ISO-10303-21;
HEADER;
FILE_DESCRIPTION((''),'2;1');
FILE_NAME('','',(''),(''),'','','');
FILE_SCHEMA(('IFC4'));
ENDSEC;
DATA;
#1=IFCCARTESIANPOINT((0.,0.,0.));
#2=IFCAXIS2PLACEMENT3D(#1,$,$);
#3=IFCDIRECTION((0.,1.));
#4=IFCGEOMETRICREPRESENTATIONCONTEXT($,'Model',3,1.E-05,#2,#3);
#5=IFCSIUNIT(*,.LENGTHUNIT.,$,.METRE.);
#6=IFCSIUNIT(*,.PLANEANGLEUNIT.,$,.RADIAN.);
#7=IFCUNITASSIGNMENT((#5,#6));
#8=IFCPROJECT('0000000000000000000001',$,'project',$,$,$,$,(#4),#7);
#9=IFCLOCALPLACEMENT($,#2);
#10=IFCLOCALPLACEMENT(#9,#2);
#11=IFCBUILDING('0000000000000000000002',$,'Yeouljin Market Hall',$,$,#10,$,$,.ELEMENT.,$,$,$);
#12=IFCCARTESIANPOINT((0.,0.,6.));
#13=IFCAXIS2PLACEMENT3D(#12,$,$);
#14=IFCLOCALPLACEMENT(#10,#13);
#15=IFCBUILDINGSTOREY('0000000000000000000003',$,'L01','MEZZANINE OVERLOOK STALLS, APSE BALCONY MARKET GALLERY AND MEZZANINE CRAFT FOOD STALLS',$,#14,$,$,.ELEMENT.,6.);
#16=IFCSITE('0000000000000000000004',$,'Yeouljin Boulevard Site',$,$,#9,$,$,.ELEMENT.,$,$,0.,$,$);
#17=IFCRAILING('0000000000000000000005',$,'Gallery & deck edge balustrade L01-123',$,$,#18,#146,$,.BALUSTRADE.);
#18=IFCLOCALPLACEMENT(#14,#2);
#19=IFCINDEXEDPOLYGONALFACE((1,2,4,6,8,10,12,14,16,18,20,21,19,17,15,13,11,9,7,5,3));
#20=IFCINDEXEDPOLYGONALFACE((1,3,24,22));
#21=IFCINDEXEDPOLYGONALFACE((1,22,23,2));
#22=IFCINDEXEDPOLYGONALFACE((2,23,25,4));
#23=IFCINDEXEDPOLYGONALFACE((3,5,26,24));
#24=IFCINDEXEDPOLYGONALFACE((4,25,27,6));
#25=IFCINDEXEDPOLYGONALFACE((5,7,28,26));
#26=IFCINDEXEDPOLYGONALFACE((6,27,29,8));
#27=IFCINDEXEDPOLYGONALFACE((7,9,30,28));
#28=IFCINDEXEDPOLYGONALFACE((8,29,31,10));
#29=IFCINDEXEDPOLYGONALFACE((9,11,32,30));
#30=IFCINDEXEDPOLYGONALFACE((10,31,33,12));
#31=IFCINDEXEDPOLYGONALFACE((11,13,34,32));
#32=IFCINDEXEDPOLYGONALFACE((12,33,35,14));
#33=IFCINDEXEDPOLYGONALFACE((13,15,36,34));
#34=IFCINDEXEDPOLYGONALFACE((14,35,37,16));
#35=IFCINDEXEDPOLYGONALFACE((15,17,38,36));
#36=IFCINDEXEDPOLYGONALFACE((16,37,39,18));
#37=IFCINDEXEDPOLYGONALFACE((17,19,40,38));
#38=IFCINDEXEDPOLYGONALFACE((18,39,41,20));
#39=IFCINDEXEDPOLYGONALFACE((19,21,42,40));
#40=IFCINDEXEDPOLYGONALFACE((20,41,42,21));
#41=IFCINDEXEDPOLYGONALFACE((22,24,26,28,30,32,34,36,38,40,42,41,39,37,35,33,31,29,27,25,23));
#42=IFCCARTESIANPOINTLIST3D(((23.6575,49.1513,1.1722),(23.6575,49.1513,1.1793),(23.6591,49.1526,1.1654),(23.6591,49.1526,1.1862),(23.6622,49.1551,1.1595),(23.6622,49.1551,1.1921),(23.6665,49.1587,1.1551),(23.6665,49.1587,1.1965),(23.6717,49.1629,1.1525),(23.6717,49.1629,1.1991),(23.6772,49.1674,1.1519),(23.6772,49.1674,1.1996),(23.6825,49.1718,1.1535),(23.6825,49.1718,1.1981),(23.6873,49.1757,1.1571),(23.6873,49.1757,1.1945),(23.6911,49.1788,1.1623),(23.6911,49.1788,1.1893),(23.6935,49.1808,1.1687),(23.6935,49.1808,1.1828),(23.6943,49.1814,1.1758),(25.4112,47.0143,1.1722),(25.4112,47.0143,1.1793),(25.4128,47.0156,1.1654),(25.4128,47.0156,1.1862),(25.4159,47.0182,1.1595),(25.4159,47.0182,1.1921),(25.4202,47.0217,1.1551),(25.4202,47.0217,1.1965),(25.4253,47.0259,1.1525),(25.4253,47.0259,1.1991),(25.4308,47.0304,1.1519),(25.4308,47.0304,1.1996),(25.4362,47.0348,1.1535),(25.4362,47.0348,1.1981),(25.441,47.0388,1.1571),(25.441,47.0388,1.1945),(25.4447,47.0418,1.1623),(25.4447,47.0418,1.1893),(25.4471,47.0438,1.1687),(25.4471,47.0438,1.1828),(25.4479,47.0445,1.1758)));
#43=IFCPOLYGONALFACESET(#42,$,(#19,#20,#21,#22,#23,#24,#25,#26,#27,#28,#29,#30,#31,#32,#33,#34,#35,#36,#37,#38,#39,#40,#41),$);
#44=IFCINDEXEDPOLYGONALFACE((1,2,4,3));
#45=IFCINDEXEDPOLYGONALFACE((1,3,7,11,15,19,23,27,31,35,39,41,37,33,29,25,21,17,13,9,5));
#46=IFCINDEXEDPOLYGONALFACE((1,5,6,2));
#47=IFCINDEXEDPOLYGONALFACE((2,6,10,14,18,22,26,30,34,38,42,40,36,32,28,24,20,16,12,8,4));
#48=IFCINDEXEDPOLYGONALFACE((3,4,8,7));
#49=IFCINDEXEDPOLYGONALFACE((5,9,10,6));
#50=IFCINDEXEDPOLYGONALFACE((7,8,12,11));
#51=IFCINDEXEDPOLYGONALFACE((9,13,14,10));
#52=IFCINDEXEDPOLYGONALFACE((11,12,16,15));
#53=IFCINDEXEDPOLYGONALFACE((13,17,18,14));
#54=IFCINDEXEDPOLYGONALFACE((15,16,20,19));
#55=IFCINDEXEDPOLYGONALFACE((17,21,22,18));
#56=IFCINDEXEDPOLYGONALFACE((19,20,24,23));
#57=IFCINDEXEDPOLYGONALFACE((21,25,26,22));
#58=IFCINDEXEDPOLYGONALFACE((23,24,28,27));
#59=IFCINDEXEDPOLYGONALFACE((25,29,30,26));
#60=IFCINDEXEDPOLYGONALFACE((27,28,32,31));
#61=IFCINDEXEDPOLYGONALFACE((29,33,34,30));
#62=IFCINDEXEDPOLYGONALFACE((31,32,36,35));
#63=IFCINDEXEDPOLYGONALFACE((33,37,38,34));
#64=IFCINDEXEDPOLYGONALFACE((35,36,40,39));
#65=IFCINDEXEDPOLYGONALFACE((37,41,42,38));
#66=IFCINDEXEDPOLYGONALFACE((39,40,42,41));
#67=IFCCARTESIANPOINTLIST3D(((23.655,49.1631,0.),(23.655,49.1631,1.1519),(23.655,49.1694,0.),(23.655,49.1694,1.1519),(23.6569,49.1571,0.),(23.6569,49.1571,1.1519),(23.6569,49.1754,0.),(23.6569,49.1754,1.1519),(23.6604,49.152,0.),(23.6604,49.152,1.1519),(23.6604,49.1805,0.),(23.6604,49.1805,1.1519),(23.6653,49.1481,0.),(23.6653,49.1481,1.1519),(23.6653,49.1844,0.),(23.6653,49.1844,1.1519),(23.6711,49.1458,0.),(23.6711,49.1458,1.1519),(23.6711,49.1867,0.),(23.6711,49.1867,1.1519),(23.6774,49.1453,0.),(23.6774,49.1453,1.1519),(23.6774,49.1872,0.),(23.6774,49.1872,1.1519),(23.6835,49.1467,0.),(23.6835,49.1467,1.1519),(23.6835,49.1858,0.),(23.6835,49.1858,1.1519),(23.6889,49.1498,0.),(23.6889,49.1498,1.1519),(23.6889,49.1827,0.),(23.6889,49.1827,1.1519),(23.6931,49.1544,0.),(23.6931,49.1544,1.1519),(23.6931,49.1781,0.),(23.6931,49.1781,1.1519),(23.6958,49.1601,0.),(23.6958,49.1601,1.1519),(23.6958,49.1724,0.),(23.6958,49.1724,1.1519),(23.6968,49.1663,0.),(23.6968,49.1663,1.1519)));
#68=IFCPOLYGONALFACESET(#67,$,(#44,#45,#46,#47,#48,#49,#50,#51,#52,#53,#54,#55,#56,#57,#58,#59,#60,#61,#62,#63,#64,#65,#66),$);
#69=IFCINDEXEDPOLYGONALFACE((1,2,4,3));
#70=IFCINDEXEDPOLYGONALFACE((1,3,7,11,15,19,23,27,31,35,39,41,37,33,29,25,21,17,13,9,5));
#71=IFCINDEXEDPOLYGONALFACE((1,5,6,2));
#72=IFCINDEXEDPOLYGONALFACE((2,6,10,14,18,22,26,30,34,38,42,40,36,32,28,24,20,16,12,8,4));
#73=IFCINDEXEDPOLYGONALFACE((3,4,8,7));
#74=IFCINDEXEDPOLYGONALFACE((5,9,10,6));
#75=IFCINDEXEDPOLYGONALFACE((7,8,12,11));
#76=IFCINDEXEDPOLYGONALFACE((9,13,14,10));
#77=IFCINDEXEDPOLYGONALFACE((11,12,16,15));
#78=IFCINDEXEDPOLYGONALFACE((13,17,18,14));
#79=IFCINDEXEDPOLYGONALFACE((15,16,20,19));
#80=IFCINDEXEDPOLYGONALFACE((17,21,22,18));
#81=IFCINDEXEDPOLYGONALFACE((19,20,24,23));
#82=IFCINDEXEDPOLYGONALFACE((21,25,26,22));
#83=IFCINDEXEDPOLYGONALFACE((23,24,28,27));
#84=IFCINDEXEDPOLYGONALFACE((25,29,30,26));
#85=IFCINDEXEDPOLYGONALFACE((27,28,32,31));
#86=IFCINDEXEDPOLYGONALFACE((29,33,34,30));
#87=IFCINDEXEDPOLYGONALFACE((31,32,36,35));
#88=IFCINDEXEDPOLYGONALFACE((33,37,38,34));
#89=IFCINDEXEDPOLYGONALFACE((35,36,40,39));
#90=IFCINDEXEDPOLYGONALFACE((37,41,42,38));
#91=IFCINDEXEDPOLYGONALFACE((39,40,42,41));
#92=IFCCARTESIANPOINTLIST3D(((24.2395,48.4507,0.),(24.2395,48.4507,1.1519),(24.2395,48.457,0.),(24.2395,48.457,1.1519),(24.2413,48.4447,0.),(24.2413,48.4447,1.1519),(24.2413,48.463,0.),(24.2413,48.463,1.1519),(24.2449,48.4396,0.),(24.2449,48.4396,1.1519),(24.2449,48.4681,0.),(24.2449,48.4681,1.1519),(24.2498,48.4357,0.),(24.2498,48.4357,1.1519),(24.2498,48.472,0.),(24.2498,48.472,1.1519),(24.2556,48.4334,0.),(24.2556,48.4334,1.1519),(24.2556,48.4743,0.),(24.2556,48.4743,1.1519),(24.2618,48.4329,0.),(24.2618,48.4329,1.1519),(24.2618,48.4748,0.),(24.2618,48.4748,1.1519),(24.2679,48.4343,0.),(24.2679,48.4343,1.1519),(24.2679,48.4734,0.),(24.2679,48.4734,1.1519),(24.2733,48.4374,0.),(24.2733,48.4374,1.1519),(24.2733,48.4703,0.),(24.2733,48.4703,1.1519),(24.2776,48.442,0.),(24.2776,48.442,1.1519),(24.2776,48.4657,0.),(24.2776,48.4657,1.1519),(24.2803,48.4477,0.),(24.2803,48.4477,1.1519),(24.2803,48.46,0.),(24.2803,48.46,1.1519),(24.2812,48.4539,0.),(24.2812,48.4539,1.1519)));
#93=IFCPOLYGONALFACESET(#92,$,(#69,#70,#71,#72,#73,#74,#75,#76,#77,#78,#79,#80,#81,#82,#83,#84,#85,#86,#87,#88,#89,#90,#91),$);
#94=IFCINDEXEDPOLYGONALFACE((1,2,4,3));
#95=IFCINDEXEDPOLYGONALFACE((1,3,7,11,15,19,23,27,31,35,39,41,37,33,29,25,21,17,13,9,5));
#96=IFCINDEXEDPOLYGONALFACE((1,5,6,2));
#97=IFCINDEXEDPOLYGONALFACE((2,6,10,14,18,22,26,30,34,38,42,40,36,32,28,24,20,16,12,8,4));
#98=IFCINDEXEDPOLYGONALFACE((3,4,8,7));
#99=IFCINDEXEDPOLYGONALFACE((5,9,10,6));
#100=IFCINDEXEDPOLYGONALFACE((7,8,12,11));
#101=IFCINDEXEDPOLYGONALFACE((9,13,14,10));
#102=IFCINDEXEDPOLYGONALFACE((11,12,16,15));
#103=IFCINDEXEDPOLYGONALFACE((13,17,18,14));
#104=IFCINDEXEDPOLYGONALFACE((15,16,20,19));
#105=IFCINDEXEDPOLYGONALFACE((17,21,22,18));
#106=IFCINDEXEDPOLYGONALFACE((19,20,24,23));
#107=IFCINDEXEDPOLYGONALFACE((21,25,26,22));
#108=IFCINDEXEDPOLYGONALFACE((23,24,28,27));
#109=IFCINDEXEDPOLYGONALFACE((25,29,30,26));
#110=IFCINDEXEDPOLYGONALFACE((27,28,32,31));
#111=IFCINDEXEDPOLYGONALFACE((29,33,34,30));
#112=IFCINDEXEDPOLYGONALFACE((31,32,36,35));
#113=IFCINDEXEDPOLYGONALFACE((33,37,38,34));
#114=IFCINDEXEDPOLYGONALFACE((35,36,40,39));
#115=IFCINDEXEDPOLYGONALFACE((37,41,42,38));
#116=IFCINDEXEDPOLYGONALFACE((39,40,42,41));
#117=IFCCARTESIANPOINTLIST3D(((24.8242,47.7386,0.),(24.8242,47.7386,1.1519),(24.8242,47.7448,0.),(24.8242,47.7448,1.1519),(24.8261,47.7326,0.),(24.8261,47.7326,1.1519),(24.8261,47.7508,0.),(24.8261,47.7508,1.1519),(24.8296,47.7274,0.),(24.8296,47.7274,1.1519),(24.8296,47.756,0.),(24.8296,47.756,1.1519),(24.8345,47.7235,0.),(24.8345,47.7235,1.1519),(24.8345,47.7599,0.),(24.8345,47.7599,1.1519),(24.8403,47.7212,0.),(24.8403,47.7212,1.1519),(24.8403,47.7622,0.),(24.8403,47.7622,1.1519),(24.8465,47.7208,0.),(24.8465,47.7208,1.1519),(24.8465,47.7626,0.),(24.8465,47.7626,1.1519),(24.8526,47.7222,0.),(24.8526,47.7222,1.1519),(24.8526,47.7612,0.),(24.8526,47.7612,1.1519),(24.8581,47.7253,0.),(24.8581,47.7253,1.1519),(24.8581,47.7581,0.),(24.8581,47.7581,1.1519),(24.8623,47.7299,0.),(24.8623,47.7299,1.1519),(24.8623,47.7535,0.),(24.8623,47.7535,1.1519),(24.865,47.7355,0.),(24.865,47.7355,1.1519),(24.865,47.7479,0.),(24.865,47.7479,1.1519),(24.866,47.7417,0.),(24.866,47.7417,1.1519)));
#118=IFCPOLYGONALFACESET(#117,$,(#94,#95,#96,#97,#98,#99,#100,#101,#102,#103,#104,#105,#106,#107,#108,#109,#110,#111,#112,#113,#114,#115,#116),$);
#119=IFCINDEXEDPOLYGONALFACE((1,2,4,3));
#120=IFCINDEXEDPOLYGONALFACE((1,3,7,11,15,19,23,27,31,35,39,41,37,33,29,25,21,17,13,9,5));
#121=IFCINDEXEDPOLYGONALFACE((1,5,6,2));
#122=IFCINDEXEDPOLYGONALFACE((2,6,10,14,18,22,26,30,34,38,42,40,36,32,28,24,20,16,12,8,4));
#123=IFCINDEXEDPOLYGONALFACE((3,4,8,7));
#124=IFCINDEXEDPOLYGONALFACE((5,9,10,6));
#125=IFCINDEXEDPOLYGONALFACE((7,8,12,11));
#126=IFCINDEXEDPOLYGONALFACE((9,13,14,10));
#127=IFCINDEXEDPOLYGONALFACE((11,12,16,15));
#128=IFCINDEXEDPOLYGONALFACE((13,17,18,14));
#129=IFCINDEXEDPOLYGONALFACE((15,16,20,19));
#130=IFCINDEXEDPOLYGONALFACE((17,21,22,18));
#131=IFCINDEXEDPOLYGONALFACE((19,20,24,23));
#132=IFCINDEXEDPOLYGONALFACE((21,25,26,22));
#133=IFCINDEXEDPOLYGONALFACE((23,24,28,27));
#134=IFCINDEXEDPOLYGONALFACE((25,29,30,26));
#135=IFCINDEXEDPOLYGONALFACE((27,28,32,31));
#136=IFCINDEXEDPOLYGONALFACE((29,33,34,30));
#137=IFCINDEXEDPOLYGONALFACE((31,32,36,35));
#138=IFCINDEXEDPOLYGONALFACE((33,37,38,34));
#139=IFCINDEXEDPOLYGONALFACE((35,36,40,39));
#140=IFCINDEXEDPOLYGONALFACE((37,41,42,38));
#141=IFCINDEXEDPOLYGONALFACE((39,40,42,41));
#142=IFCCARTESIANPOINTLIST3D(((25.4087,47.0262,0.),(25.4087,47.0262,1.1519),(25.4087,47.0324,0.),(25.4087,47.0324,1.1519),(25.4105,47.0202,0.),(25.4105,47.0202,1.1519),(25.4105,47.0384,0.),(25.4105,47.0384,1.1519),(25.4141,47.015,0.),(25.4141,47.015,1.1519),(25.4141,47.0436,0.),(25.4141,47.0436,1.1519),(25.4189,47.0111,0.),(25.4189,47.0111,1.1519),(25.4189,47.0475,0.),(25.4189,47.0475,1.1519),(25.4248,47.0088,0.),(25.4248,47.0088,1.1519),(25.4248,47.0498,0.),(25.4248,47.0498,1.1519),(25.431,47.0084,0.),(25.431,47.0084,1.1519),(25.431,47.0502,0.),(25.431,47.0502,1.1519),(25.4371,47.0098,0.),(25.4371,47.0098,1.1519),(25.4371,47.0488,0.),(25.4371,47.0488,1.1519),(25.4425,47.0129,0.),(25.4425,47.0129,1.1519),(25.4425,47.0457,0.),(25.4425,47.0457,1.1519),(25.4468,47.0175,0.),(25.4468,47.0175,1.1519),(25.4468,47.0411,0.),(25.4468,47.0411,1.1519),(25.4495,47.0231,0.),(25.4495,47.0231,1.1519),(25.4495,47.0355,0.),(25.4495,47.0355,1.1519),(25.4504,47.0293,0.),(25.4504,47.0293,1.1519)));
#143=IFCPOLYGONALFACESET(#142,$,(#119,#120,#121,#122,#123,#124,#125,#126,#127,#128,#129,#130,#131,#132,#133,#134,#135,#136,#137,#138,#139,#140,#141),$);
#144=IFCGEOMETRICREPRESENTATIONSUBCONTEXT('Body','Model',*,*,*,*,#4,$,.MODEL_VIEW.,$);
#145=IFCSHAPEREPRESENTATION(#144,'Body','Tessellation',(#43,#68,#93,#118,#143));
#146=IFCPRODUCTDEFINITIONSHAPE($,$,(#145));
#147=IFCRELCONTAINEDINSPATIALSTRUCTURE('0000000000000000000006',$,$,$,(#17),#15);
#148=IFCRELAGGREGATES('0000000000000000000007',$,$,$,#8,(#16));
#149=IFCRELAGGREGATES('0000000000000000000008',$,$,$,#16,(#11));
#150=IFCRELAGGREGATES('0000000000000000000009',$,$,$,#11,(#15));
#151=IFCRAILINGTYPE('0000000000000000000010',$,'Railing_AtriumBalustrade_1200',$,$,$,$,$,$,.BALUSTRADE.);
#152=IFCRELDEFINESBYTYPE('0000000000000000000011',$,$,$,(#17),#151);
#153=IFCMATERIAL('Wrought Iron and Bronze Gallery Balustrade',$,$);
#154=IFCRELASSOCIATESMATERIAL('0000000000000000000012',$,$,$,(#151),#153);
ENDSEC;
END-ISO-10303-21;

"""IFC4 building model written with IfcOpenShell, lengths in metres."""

from ifc_helpers import new_model, si_unit, direction, frame, origin, origin_2d, place, context, subcontext, project, spatial, circle, extrude, material, type_object, element, save


model = new_model("IFC4")

# Units and contexts
model_context = context("Model", 3, precision=1e-05, world=origin(), true_north=direction((0.0, 1.0)))
body_context = subcontext(model_context, "Body", "Model", "MODEL_VIEW")
ifc_project = project(units=[si_unit("LENGTHUNIT", "METRE"), si_unit("PLANEANGLEUNIT", "RADIAN")], contexts=[model_context])

# Site, building, storey
site_placement = place(None, origin())
site = spatial("IfcSite", under=ifc_project, at=site_placement, Name="Yeouljin Boulevard Site", CompositionType="ELEMENT", RefElevation=0.0)
building_placement = place(site_placement, origin())
building = spatial("IfcBuilding", under=site, at=building_placement, Name="Yeouljin Market Hall", CompositionType="ELEMENT")
storey_placement = place(building_placement, frame((0.0, 0.0, 6.0)))
storey = spatial("IfcBuildingStorey", under=building, at=storey_placement, Name="L01", Description="MEZZANINE OVERLOOK STALLS, APSE BALCONY MARKET GALLERY AND MEZZANINE CRAFT FOOD STALLS", CompositionType="ELEMENT", Elevation=6.0)

# Railing
ifc_material_1 = material(Name="Wrought Iron and Bronze Gallery Balustrade")
railing_type = type_object("IfcRailingType", Name="Railing_AtriumBalustrade_1200", PredefinedType="BALUSTRADE", material=ifc_material_1)
railing_1_placement = place(storey_placement, frame((23.6758, 49.1663, 0.0)))
element("IfcRailing", 1, at=railing_1_placement, inside=storey, type_object=railing_type, Name="Gallery & deck edge balustrade L01-123", PredefinedType="BALUSTRADE", context=body_context, shape_type="SweptSolid", body=[
    extrude(circle(Radius=0.0239, at=origin_2d()), frame((0.0, 0.0, 1.1758), z_axis=(0.634372, -0.773028, 0.0), x_axis=(0.773028, 0.634372, 0.0)), (0.0, 0.0, 1.0), 2.7644),
    extrude(circle(Radius=0.021, at=origin_2d()), origin(), (0.0, 0.0, 1.0), 1.1519),
    extrude(circle(Radius=0.021, at=origin_2d()), frame((0.5845, -0.7124, 0.0)), (0.0, 0.0, 1.0), 1.1519),
    extrude(circle(Radius=0.021, at=origin_2d()), frame((1.1692, -1.4246, 0.0)), (0.0, 0.0, 1.0), 1.1519),
    extrude(circle(Radius=0.021, at=origin_2d()), frame((1.7537, -2.137, 0.0)), (0.0, 0.0, 1.0), 1.1519),
])

save(model, "model.ifc")
